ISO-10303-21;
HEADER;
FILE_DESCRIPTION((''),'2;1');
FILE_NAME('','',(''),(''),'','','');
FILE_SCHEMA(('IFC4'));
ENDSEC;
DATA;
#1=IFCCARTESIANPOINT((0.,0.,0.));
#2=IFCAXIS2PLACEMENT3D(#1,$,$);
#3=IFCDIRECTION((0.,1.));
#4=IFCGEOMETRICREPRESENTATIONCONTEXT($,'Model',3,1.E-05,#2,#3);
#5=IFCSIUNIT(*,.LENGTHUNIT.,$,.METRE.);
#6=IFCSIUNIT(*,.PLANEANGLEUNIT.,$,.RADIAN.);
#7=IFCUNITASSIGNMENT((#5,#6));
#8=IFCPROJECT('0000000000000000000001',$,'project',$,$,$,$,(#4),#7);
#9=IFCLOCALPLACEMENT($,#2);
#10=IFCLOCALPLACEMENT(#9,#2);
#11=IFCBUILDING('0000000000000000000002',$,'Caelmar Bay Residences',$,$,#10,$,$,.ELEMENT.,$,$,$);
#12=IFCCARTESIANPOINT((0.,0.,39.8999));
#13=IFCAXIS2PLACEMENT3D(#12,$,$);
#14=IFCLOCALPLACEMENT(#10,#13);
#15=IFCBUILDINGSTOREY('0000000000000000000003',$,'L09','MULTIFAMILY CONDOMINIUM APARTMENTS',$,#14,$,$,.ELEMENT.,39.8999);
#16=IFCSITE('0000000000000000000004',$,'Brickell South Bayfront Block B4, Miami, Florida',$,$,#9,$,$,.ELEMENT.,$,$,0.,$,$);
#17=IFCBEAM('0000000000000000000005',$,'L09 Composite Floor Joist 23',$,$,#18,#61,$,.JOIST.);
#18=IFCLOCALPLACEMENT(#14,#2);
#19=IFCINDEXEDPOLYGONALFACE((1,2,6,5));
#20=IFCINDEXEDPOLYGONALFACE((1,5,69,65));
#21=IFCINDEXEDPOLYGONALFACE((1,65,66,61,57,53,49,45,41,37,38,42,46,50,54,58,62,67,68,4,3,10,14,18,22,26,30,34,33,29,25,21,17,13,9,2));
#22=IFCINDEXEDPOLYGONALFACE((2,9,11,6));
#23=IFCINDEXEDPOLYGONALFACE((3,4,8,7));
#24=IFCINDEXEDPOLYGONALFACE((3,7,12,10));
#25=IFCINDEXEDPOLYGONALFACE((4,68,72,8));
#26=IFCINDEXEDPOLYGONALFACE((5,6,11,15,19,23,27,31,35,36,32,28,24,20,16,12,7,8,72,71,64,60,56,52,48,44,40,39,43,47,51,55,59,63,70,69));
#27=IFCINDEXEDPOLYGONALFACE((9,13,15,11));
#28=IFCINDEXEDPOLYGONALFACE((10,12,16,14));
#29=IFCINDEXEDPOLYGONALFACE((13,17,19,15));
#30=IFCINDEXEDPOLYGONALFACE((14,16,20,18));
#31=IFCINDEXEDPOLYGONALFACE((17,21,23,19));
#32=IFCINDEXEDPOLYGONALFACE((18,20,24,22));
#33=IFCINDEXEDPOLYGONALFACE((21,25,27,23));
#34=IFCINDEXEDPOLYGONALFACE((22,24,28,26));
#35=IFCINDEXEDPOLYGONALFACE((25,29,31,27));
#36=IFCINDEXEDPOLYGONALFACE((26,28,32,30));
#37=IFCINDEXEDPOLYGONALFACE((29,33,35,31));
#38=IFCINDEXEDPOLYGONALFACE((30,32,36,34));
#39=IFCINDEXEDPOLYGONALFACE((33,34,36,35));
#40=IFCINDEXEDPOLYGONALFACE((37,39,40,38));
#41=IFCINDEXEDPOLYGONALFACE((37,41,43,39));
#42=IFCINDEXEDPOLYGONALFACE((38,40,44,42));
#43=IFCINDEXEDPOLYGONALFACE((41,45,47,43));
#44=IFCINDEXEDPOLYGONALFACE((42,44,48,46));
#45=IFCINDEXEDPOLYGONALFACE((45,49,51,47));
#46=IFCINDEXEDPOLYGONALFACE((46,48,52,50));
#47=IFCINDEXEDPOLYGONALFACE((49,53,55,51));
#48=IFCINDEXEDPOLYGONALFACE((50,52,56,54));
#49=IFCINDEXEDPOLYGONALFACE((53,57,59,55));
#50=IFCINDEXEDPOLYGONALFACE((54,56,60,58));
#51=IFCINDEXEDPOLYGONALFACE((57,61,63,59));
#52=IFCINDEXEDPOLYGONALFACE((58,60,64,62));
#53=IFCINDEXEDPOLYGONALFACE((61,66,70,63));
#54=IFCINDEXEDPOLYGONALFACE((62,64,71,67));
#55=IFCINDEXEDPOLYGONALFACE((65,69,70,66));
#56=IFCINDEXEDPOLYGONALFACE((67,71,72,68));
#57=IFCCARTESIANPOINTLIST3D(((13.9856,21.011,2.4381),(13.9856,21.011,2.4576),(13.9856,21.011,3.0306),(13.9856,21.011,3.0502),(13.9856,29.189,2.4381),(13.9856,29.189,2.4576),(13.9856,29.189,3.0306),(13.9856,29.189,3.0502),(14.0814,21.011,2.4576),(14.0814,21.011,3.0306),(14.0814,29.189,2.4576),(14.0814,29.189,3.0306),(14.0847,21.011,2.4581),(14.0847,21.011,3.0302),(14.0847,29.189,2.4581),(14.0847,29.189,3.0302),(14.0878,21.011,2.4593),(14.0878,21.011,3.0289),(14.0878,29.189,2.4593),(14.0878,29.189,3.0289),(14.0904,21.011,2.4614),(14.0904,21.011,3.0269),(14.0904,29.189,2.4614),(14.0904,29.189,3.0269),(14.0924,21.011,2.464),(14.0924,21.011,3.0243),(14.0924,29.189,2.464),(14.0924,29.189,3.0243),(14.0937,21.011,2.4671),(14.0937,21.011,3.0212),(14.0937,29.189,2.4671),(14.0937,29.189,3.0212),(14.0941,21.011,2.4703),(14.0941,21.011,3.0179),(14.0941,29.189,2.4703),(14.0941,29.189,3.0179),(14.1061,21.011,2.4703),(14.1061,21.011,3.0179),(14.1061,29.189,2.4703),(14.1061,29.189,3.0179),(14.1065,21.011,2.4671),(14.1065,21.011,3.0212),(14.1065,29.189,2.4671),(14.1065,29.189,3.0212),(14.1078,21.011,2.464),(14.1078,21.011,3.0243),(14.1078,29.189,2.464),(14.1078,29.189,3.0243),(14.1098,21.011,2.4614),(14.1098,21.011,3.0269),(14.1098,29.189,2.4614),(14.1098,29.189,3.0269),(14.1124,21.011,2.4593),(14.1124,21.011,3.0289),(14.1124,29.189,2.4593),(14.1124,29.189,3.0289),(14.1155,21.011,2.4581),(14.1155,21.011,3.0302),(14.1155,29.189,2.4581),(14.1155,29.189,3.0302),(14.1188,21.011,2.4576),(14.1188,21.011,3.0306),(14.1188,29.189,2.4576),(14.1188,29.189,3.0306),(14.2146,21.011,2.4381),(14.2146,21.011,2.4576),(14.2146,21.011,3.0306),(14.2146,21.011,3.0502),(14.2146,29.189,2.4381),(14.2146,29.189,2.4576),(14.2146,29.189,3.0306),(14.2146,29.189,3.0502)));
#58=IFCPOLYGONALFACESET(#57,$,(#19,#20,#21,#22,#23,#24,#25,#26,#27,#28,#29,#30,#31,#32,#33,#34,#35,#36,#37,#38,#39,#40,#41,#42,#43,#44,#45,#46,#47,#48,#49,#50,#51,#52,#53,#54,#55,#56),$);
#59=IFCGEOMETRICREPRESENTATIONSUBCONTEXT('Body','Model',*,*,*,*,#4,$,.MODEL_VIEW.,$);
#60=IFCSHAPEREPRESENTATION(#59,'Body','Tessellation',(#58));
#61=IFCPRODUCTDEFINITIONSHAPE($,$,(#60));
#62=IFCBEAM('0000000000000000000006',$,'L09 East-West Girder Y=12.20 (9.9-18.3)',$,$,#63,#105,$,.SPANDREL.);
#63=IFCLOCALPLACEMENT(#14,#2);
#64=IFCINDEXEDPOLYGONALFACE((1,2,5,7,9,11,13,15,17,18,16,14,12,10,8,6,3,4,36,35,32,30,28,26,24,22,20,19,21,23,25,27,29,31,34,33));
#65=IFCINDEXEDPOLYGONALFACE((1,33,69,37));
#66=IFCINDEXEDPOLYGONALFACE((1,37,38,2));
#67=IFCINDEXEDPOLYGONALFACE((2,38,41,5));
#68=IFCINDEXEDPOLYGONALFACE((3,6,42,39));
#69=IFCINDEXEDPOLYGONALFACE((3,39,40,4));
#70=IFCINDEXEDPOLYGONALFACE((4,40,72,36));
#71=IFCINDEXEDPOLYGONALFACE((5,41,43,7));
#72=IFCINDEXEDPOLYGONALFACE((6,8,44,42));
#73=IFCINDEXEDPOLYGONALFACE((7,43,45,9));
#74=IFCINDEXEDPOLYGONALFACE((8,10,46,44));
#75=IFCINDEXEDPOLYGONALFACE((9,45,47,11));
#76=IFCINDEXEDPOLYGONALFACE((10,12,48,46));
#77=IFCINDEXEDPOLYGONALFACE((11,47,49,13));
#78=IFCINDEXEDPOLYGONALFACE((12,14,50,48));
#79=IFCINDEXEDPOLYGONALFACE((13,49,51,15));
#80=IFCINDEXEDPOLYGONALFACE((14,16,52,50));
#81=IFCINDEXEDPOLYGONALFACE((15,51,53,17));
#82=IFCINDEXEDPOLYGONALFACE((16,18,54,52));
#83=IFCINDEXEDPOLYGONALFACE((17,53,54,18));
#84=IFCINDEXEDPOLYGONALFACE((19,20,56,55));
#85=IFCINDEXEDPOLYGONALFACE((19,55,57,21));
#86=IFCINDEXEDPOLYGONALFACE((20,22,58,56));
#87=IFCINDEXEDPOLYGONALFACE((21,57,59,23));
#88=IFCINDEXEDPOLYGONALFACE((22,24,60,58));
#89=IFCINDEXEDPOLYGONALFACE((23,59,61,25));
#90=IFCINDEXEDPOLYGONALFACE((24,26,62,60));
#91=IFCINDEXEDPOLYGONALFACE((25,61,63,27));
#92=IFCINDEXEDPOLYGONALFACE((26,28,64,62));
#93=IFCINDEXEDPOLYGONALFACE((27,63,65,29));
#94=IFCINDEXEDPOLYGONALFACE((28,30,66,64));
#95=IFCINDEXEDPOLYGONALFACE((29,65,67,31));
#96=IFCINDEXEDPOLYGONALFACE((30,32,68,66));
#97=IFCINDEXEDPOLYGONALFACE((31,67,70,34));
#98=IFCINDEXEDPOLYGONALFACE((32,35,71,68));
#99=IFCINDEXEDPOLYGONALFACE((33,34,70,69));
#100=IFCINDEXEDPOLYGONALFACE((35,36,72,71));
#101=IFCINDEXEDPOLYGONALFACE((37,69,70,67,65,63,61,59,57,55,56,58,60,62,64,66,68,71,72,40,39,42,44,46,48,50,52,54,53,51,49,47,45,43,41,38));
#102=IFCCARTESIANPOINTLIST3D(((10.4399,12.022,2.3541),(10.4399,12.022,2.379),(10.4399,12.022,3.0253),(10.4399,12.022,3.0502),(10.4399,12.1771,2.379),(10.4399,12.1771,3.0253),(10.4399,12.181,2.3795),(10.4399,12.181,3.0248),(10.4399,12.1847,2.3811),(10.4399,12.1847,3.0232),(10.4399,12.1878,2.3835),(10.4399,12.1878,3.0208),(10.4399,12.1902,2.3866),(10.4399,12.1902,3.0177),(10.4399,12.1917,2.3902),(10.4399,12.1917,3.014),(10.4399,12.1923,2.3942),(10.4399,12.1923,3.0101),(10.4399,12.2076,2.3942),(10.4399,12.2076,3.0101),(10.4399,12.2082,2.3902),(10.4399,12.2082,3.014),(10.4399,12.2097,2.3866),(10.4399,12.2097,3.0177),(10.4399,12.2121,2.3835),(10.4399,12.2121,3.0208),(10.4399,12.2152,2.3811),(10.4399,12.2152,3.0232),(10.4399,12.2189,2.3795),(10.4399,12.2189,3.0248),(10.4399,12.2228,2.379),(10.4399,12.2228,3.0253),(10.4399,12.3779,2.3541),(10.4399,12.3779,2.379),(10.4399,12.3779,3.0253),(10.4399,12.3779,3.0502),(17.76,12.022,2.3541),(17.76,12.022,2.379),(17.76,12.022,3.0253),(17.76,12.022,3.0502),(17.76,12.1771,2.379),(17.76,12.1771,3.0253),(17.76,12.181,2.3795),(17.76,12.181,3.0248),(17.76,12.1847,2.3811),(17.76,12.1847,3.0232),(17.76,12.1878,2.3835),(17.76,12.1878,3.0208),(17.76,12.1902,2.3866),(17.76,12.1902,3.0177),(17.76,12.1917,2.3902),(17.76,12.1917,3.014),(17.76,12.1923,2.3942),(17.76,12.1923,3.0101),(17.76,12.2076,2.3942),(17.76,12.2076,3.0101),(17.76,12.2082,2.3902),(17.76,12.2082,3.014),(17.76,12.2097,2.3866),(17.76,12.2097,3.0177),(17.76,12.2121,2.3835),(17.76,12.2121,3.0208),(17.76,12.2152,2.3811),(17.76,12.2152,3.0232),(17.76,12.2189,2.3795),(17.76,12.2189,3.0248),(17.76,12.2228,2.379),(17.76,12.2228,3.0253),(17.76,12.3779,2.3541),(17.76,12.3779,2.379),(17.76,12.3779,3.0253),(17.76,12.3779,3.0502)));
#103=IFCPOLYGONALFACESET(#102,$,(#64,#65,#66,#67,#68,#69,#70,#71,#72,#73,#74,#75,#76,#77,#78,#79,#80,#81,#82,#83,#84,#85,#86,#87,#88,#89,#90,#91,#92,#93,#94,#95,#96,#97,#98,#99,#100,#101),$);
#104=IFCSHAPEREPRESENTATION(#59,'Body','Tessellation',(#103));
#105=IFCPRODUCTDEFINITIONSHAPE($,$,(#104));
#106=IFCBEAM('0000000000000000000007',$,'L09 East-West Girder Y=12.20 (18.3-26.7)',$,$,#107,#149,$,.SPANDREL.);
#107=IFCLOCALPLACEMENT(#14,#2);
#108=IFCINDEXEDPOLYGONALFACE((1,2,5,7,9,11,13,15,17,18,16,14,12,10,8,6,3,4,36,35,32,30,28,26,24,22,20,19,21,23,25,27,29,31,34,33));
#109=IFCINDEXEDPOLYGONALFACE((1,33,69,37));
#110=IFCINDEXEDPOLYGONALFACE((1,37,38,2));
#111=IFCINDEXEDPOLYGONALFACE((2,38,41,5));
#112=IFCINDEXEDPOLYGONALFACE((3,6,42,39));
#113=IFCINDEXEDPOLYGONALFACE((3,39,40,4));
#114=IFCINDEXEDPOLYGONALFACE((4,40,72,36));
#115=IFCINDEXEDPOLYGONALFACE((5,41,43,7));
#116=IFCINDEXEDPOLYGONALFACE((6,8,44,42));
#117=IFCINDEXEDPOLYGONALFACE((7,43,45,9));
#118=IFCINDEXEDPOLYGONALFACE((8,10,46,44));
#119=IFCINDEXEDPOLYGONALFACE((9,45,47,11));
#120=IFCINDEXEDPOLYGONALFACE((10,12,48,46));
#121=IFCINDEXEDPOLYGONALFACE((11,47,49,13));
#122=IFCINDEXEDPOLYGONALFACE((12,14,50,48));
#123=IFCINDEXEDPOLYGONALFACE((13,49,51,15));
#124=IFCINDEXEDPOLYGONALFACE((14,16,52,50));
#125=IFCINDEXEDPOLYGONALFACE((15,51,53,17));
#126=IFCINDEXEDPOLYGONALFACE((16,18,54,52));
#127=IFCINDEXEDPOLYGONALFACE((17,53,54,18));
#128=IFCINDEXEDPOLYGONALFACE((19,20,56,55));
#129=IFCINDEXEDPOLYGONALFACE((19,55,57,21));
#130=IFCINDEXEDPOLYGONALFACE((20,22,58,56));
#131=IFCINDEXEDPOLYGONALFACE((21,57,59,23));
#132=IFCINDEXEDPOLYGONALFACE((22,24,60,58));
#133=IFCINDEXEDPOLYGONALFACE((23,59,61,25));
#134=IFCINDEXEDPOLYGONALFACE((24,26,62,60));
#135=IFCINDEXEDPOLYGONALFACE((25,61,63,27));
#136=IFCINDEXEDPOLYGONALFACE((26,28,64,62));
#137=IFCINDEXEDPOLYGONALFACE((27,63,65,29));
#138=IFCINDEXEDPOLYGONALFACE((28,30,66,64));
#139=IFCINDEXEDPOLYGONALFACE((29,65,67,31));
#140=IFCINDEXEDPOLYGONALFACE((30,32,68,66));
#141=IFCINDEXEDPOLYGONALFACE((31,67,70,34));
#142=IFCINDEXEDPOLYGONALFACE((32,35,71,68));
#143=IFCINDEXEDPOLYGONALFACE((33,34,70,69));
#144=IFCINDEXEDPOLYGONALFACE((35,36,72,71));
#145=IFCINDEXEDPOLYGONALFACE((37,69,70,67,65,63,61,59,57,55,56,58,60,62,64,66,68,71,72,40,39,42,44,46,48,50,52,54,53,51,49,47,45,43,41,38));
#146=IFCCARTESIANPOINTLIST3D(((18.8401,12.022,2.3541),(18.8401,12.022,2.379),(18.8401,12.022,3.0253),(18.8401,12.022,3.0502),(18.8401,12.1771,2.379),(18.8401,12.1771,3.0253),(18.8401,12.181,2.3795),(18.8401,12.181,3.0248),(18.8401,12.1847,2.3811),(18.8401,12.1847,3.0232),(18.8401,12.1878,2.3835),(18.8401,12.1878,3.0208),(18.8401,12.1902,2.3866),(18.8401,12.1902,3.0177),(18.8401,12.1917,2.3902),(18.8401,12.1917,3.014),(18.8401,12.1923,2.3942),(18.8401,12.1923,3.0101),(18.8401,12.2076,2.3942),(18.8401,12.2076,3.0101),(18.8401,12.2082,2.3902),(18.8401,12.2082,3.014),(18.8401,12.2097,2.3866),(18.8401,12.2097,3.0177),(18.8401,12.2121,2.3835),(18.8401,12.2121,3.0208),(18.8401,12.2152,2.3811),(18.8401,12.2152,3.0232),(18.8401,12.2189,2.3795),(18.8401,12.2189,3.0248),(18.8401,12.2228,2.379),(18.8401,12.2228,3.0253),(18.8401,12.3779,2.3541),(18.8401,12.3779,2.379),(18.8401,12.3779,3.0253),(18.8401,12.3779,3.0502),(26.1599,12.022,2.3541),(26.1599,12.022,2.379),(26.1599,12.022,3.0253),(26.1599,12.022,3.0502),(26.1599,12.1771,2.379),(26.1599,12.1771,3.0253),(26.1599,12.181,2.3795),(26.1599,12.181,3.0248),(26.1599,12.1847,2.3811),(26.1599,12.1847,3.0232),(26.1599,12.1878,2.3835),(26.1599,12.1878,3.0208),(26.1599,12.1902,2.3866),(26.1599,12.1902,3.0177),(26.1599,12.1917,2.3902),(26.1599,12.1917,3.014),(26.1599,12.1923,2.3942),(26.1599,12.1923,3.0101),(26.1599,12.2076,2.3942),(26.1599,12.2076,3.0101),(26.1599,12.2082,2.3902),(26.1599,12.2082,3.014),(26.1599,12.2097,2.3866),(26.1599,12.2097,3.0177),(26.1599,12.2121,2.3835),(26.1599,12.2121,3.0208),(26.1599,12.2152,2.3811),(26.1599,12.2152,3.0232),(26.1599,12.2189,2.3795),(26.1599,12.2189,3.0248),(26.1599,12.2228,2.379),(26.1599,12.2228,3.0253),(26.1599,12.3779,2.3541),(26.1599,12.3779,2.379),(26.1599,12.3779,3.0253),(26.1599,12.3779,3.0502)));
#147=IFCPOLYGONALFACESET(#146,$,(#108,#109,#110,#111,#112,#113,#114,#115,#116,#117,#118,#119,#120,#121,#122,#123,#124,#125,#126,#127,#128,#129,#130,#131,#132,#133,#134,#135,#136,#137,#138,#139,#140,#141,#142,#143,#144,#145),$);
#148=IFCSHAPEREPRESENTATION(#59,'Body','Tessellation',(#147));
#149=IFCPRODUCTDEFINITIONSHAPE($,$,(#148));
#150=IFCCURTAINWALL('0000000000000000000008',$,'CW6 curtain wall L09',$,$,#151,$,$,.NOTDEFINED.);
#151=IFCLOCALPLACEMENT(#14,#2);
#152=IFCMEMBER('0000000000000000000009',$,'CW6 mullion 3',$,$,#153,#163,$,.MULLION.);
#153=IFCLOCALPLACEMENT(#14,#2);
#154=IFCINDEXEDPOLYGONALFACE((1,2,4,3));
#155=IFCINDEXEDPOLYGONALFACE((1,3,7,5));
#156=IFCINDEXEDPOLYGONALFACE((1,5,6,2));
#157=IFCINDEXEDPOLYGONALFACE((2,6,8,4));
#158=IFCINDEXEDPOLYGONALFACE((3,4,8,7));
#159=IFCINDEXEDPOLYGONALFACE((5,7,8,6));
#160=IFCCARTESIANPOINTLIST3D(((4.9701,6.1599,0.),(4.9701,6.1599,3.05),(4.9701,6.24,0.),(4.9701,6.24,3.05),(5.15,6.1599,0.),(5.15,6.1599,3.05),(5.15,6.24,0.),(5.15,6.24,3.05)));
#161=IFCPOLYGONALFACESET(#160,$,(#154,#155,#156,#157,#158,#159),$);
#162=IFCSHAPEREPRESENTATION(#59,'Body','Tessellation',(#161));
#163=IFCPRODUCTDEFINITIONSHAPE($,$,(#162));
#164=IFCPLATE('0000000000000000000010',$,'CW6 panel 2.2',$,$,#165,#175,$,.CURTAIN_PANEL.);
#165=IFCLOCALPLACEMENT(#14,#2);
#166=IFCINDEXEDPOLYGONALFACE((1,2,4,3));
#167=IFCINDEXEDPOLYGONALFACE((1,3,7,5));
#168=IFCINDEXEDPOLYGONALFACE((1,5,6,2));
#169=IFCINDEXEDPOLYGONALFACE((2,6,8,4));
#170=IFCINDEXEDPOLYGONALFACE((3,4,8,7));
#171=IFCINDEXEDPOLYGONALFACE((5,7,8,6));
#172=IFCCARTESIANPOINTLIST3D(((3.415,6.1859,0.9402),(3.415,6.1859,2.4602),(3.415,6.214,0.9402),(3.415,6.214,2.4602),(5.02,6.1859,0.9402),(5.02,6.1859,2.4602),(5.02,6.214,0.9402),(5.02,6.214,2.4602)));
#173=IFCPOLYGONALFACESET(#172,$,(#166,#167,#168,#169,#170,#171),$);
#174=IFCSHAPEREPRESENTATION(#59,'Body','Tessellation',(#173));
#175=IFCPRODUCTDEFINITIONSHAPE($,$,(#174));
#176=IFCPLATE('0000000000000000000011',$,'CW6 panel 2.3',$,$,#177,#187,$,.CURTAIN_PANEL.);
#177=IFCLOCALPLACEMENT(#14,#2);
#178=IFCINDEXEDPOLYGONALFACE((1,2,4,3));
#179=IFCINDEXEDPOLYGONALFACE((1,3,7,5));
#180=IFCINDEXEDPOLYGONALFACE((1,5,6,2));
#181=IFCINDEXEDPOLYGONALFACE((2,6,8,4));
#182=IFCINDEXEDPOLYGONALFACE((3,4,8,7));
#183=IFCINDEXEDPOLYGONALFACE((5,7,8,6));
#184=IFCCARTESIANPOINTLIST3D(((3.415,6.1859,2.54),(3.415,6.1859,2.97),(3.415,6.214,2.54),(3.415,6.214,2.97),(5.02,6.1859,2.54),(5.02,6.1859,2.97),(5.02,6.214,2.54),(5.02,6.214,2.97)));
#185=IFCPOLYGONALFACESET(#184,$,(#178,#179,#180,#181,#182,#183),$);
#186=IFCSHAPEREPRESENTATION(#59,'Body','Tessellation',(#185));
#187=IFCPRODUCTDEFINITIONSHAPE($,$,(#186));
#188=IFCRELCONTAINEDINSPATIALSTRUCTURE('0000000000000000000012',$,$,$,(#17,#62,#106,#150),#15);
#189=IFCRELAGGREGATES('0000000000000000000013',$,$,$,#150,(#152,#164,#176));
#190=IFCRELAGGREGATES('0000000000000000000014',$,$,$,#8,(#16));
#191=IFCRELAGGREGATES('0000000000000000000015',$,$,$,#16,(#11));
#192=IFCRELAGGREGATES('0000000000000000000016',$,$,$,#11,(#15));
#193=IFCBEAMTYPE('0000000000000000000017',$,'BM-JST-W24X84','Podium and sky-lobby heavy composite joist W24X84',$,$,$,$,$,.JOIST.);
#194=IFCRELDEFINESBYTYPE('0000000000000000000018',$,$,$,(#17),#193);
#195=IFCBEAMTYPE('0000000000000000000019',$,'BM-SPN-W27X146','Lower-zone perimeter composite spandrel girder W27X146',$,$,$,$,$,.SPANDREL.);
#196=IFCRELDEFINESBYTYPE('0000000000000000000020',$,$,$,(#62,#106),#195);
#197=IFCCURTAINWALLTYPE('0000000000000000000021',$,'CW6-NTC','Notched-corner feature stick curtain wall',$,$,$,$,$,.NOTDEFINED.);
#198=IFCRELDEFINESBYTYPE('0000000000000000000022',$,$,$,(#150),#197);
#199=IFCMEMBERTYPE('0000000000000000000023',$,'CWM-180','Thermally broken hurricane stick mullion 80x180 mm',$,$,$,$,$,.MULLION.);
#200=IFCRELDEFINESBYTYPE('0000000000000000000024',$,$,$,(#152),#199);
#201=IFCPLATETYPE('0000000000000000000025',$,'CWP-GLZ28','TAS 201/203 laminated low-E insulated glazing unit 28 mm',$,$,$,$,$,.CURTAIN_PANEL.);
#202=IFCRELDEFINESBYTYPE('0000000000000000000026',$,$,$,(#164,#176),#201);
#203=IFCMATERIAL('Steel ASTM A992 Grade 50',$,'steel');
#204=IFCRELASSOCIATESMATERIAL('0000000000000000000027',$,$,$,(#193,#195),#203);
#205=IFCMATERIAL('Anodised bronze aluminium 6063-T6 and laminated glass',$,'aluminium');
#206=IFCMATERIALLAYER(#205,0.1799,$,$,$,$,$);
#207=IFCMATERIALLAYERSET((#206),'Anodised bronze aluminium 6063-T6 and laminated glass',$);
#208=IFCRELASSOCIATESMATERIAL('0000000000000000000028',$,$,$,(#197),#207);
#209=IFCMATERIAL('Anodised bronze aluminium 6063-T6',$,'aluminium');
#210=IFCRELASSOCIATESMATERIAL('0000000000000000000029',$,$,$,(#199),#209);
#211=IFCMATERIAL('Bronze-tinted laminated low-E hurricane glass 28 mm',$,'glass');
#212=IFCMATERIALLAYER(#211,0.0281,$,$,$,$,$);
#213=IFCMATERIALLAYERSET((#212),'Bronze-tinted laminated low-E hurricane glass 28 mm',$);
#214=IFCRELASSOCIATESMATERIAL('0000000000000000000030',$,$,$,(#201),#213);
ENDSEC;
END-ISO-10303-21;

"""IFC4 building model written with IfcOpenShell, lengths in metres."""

from ifc_helpers import new_model, si_unit, direction, frame, origin, origin_2d, place, context, subcontext, project, spatial, rectangle, i_section, extrude, material, layer, layer_set, material_profile, profile_set, type_object, element, aggregate, save


model = new_model("IFC4")

# Units and contexts
model_context = context("Model", 3, precision=1e-05, world=origin(), true_north=direction((0.0, 1.0)))
body_context = subcontext(model_context, "Body", "Model", "MODEL_VIEW")
ifc_project = project(units=[si_unit("LENGTHUNIT", "METRE"), si_unit("PLANEANGLEUNIT", "RADIAN")], contexts=[model_context])

# Site, building, storey
site_placement = place(None, origin())
site = spatial("IfcSite", under=ifc_project, at=site_placement, Name="Brickell South Bayfront Block B4, Miami, Florida", CompositionType="ELEMENT", RefElevation=0.0)
building_placement = place(site_placement, origin())
building = spatial("IfcBuilding", under=site, at=building_placement, Name="Caelmar Bay Residences", CompositionType="ELEMENT")
storey_placement = place(building_placement, frame((0.0, 0.0, 39.8999)))
storey = spatial("IfcBuildingStorey", under=building, at=storey_placement, Name="L09", Description="MULTIFAMILY CONDOMINIUM APARTMENTS", CompositionType="ELEMENT", Elevation=39.8999)

# Beams
ifc_material_1 = material(Name="Steel ASTM A992 Grade 50", Category="steel")
ifc_material_profile_1 = material_profile(ifc_material_1, i_section(OverallWidth=0.229, OverallDepth=0.6121, WebThickness=0.012, FlangeThickness=0.0195, FilletRadius=0.0127, at=origin_2d()), Name="W24X84")
ifc_profile_set_1 = profile_set([ifc_material_profile_1], Name="Steel ASTM A992 Grade 50")
beam_type_1 = type_object("IfcBeamType", Name="BM-JST-W24X84", Description="Podium and sky-lobby heavy composite joist W24X84", PredefinedType="JOIST", material=ifc_profile_set_1)
beam_1_placement = place(storey_placement, frame((14.1001, 21.011, 2.7441), z_axis=(0.0, 1.0, 0.0), x_axis=(-1.0, 0.0, 0.0)))
element("IfcBeam", 1, at=beam_1_placement, inside=storey, type_object=beam_type_1, Name="L09 Composite Floor Joist 23", PredefinedType="JOIST", context=body_context, shape_type="SweptSolid", body=[
    extrude(i_section(OverallWidth=0.229, OverallDepth=0.6121, WebThickness=0.012, FlangeThickness=0.0195, FilletRadius=0.0127, at=origin_2d()), origin(), (0.0, 0.0, 1.0), 8.178),
])
ifc_material_profile_2 = material_profile(ifc_material_1, i_section(OverallWidth=0.356, OverallDepth=0.696, WebThickness=0.0154, FlangeThickness=0.0249, FilletRadius=0.0151, at=origin_2d()), Name="W27X146")
ifc_profile_set_2 = profile_set([ifc_material_profile_2], Name="Steel ASTM A992 Grade 50")
beam_type_2 = type_object("IfcBeamType", Name="BM-SPN-W27X146", Description="Lower-zone perimeter composite spandrel girder W27X146", PredefinedType="SPANDREL", material=ifc_profile_set_2)
beam_2_placement = place(storey_placement, frame((10.4399, 12.2, 2.7021), z_axis=(1.0, 0.0, 0.0), x_axis=(0.0, 1.0, 0.0)))
element("IfcBeam", 2, at=beam_2_placement, inside=storey, type_object=beam_type_2, Name="L09 East-West Girder Y=12.20 (9.9-18.3)", PredefinedType="SPANDREL", context=body_context, shape_type="SweptSolid", body=[
    extrude(i_section(OverallWidth=0.356, OverallDepth=0.696, WebThickness=0.0154, FlangeThickness=0.0249, FilletRadius=0.0151, at=origin_2d()), origin(), (0.0, 0.0, 1.0), 7.3201),
])
beam_3_placement = place(storey_placement, frame((18.8401, 12.2, 2.7021), z_axis=(1.0, 0.0, 0.0), x_axis=(0.0, 1.0, 0.0)))
element("IfcBeam", 3, at=beam_3_placement, inside=storey, type_object=beam_type_2, Name="L09 East-West Girder Y=12.20 (18.3-26.7)", PredefinedType="SPANDREL", context=body_context, shape_type="SweptSolid", body=[
    extrude(i_section(OverallWidth=0.356, OverallDepth=0.696, WebThickness=0.0154, FlangeThickness=0.0249, FilletRadius=0.0151, at=origin_2d()), origin(), (0.0, 0.0, 1.0), 7.3198),
])

# Curtain wall, member, plates
ifc_material_2 = material(Name="Anodised bronze aluminium 6063-T6 and laminated glass", Category="aluminium")
ifc_layer_1 = layer(ifc_material_2, 0.1799)
ifc_layer_set_1 = layer_set([ifc_layer_1], Name="Anodised bronze aluminium 6063-T6 and laminated glass")
curtain_wall_type = type_object("IfcCurtainWallType", Name="CW6-NTC", Description="Notched-corner feature stick curtain wall", PredefinedType="NOTDEFINED", material=ifc_layer_set_1)
curtain_wall_placement = place(storey_placement, origin())
curtain_wall = element("IfcCurtainWall", 4, at=curtain_wall_placement, inside=storey, type_object=curtain_wall_type, Name="CW6 curtain wall L09", PredefinedType="NOTDEFINED")
ifc_material_3 = material(Name="Anodised bronze aluminium 6063-T6", Category="aluminium")
ifc_material_profile_3 = material_profile(ifc_material_3, rectangle(XDim=0.0801, YDim=0.1799, at=origin_2d()), Name="CWM-80X180")
ifc_profile_set_3 = profile_set([ifc_material_profile_3], Name="Anodised bronze aluminium 6063-T6")
member_type = type_object("IfcMemberType", Name="CWM-180", Description="Thermally broken hurricane stick mullion 80x180 mm", PredefinedType="MULLION", material=ifc_profile_set_3)
member_placement = place(storey_placement, frame((5.0601, 6.2, 0.0), z_axis=(0.0, 0.0, 1.0), x_axis=(0.0, 1.0, 0.0)))
member = element("IfcMember", 5, at=member_placement, type_object=member_type, Name="CW6 mullion 3", PredefinedType="MULLION", context=body_context, shape_type="SweptSolid", body=[
    extrude(rectangle(XDim=0.0801, YDim=0.1799, at=origin_2d()), origin(), (0.0, 0.0, 1.0), 3.05),
])
ifc_material_4 = material(Name="Bronze-tinted laminated low-E hurricane glass 28 mm", Category="glass")
ifc_layer_2 = layer(ifc_material_4, 0.0281)
ifc_layer_set_2 = layer_set([ifc_layer_2], Name="Bronze-tinted laminated low-E hurricane glass 28 mm")
plate_type = type_object("IfcPlateType", Name="CWP-GLZ28", Description="TAS 201/203 laminated low-E insulated glazing unit 28 mm", PredefinedType="CURTAIN_PANEL", material=ifc_layer_set_2)
plate_1_placement = place(storey_placement, frame((4.2175, 6.2, 0.9402), z_axis=(0.0, 0.0, 1.0), x_axis=(1.0, 0.0, 0.0)))
plate_1 = element("IfcPlate", 6, at=plate_1_placement, type_object=plate_type, Name="CW6 panel 2.2", PredefinedType="CURTAIN_PANEL", context=body_context, shape_type="SweptSolid", body=[
    extrude(rectangle(XDim=1.605, YDim=0.0281, at=origin_2d()), origin(), (0.0, 0.0, 1.0), 1.52),
])
plate_2_placement = place(storey_placement, frame((4.2175, 6.2, 2.54), z_axis=(0.0, 0.0, 1.0), x_axis=(1.0, 0.0, 0.0)))
plate_2 = element("IfcPlate", 7, at=plate_2_placement, type_object=plate_type, Name="CW6 panel 2.3", PredefinedType="CURTAIN_PANEL", context=body_context, shape_type="SweptSolid", body=[
    extrude(rectangle(XDim=1.605, YDim=0.0281, at=origin_2d()), origin(), (0.0, 0.0, 1.0), 0.4299),
])
aggregate(curtain_wall, [member, plate_1, plate_2])

save(model, "model.ifc")
